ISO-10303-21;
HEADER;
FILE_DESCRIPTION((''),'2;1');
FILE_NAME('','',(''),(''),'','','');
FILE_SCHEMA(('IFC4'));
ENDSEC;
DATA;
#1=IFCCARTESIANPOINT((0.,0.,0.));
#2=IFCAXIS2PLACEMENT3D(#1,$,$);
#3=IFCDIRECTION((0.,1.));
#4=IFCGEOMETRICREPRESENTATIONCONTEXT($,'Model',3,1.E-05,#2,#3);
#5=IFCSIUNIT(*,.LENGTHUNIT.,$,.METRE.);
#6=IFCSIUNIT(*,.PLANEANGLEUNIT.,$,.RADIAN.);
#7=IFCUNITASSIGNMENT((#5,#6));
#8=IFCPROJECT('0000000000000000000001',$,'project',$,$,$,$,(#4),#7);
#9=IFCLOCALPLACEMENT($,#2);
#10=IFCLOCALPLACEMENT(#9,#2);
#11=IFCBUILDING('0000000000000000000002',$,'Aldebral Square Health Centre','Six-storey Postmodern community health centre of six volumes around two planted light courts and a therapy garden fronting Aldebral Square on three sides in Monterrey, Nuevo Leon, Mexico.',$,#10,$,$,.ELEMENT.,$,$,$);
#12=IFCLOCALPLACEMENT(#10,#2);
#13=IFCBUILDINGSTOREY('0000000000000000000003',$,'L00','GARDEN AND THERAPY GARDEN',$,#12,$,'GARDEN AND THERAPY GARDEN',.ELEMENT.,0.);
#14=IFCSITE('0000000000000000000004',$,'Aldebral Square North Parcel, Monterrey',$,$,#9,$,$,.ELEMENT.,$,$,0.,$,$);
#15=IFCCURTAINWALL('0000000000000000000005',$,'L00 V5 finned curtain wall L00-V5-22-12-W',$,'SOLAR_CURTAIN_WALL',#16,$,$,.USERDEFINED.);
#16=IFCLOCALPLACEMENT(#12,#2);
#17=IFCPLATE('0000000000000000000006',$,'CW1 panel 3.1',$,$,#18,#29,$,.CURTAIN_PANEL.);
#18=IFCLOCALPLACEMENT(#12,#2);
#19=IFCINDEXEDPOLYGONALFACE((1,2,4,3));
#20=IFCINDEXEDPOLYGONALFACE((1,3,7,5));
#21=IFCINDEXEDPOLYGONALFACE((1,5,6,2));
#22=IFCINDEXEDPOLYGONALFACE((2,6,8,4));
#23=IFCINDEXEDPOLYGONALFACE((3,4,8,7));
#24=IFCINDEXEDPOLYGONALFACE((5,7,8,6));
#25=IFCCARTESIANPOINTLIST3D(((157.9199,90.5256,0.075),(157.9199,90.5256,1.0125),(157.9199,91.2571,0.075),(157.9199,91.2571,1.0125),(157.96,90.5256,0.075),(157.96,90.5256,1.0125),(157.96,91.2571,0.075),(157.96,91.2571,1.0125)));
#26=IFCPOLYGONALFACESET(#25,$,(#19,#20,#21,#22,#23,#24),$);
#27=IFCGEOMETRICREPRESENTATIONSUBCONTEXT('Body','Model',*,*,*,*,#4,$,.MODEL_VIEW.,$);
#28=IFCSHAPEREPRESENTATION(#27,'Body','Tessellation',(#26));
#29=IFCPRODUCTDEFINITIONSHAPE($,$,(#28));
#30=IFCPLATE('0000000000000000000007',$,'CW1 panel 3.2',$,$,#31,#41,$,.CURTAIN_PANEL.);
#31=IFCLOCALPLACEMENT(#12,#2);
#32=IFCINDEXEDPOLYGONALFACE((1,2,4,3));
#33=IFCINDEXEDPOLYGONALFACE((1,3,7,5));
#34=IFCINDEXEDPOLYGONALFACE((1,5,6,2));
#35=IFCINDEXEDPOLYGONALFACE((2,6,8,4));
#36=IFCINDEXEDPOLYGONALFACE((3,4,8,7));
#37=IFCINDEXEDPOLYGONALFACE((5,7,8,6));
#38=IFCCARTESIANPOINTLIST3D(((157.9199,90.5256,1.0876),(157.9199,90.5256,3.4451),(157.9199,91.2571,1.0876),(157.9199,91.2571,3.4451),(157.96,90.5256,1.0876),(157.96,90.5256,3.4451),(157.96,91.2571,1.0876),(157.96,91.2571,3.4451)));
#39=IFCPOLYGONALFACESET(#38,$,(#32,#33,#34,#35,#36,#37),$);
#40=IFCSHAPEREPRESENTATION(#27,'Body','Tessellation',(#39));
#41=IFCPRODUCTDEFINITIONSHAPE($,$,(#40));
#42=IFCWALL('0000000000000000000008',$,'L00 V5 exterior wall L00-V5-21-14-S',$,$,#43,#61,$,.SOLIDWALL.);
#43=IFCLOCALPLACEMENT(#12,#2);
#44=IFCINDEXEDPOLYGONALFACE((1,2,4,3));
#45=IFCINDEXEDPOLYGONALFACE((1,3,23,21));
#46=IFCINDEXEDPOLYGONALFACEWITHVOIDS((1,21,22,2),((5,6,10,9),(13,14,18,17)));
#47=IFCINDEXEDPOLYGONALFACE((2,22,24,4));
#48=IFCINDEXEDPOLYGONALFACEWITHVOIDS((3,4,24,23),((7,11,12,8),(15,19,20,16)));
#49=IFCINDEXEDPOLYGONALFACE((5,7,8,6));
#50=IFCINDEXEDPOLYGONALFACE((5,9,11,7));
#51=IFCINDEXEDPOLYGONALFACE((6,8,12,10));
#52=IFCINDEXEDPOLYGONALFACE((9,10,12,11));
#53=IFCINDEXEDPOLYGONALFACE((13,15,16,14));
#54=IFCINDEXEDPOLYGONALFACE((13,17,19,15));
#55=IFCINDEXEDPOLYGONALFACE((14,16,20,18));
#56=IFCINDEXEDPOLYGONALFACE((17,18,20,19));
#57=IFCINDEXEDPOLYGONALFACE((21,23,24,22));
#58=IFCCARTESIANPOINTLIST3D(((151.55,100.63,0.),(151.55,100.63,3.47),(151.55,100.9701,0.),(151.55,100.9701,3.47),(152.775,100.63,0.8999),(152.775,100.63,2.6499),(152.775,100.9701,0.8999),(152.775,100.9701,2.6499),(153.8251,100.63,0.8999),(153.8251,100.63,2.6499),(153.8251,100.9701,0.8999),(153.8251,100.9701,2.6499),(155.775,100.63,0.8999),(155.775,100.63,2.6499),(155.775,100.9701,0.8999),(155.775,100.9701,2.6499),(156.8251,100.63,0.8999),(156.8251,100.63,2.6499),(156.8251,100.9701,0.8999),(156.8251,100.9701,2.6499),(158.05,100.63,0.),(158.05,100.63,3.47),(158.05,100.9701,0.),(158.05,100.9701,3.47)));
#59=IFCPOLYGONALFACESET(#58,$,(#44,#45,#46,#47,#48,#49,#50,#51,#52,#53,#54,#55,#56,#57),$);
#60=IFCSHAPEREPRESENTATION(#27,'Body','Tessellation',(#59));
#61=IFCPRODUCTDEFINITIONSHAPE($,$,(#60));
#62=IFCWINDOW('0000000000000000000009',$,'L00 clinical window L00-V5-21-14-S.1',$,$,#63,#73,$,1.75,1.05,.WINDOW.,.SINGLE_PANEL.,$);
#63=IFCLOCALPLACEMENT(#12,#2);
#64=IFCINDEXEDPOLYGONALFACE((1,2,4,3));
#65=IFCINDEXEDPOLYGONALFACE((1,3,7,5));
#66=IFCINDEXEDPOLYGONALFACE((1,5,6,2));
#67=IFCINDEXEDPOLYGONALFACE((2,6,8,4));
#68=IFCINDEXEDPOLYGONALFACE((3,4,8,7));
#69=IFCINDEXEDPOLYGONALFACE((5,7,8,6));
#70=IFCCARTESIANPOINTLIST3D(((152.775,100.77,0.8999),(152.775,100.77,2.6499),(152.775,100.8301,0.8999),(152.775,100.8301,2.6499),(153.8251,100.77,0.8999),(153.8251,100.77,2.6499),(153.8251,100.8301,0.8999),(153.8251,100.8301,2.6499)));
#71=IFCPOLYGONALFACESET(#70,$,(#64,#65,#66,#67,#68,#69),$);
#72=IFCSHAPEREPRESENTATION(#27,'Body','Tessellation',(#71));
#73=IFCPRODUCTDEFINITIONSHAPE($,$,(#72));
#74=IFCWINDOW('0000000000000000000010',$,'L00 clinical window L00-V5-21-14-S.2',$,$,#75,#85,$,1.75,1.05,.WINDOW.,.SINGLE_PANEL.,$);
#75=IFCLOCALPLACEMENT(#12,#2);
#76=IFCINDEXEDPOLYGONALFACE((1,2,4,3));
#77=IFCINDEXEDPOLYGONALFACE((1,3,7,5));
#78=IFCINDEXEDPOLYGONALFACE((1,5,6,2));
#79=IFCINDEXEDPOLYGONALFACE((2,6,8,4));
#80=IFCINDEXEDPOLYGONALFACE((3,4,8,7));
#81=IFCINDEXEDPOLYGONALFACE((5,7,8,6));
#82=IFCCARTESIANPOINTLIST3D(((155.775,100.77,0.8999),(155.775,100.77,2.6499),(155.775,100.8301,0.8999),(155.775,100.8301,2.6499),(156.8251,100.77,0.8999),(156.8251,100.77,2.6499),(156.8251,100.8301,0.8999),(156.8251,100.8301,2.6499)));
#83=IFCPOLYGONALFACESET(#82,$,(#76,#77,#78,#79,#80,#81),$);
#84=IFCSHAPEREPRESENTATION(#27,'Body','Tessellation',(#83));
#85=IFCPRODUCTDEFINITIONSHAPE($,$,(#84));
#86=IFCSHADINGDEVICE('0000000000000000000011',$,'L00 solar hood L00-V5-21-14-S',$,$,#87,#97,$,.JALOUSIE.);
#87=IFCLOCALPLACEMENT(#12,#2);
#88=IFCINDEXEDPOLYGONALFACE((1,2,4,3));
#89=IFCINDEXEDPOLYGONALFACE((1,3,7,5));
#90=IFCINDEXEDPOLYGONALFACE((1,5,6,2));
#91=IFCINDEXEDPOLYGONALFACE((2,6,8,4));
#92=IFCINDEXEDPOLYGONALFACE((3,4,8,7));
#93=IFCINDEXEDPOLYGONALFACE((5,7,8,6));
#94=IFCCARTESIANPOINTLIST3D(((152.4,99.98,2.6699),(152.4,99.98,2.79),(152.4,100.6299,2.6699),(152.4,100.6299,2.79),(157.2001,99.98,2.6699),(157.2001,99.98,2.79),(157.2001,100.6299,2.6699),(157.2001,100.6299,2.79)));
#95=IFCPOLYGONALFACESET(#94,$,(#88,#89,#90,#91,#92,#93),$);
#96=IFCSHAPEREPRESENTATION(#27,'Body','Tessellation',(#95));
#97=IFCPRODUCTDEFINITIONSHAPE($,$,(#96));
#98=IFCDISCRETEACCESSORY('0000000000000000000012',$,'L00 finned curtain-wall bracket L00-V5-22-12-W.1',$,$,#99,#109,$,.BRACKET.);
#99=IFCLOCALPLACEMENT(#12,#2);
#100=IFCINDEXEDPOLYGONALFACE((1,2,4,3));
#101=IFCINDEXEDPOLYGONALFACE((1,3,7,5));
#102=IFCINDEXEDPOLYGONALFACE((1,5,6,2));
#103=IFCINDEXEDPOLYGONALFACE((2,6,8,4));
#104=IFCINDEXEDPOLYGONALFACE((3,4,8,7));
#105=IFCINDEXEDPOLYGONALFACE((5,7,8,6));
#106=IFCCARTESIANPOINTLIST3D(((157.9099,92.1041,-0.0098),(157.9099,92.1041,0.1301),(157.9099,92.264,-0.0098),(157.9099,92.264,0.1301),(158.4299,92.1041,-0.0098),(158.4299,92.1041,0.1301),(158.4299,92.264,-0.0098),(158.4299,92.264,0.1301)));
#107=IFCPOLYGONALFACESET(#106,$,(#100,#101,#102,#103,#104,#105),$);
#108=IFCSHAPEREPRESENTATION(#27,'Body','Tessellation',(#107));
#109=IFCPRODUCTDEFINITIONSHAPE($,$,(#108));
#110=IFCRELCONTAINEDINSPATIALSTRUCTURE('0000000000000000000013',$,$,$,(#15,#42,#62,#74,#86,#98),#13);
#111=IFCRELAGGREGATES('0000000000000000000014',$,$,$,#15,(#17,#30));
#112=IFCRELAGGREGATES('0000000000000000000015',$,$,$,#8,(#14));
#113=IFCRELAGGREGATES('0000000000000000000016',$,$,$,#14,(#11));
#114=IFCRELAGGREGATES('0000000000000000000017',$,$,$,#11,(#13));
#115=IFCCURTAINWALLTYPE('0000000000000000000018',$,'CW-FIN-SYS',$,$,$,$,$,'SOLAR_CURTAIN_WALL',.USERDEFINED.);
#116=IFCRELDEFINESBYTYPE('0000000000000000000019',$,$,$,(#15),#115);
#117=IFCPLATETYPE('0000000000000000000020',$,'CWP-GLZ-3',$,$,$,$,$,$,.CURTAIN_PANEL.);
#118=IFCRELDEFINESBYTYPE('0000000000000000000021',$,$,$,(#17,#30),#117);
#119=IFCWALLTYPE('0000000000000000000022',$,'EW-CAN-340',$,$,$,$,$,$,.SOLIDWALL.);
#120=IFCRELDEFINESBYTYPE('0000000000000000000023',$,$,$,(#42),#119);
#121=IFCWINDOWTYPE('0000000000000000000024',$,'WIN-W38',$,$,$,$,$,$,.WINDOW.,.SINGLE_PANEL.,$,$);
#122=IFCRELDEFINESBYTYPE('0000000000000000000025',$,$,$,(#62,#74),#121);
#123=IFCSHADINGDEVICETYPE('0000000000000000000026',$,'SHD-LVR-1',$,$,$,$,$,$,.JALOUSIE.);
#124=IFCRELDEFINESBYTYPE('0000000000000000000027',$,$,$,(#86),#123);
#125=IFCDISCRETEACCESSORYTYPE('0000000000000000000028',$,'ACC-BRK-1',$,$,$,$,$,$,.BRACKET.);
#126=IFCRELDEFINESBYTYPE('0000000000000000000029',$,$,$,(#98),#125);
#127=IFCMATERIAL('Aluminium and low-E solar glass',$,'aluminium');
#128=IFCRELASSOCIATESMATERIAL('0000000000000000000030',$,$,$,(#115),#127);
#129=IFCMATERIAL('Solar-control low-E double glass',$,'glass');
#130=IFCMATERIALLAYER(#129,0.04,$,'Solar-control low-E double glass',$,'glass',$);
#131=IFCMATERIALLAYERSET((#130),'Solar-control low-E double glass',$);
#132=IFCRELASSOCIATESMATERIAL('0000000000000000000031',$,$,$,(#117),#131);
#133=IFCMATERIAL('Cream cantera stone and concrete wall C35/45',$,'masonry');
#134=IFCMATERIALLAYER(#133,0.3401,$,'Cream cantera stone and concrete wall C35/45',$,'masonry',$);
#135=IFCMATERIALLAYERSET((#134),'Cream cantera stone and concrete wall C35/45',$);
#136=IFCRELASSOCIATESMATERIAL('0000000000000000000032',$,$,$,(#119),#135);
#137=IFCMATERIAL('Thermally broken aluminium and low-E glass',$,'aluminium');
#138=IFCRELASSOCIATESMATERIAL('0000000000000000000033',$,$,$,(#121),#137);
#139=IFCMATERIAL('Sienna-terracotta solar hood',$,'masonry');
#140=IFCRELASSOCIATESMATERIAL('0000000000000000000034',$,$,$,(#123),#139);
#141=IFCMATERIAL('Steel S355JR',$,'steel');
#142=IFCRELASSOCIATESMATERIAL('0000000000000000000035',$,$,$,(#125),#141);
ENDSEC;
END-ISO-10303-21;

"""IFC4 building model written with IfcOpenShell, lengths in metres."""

from ifc_helpers import new_model, si_unit, direction, frame, frame_2d, origin, origin_2d, place, context, subcontext, project, spatial, rectangle, extrude, material, layer, layer_set, type_object, element, fill, aggregate, save


model = new_model("IFC4")

# Units and contexts
model_context = context("Model", 3, precision=1e-05, world=origin(), true_north=direction((0.0, 1.0)))
body_context = subcontext(model_context, "Body", "Model", "MODEL_VIEW")
ifc_project = project(units=[si_unit("LENGTHUNIT", "METRE"), si_unit("PLANEANGLEUNIT", "RADIAN")], contexts=[model_context])

# Site, building, storey
site_placement = place(None, origin())
site = spatial("IfcSite", under=ifc_project, at=site_placement, Name="Aldebral Square North Parcel, Monterrey", CompositionType="ELEMENT", RefElevation=0.0)
building_placement = place(site_placement, origin())
building = spatial("IfcBuilding", under=site, at=building_placement, Name="Aldebral Square Health Centre", Description="Six-storey Postmodern community health centre of six volumes around two planted light courts and a therapy garden fronting Aldebral Square on three sides in Monterrey, Nuevo Leon, Mexico.", CompositionType="ELEMENT")
storey_placement = place(building_placement, origin())
storey = spatial("IfcBuildingStorey", under=building, at=storey_placement, Name="L00", Description="GARDEN AND THERAPY GARDEN", LongName="GARDEN AND THERAPY GARDEN", CompositionType="ELEMENT", Elevation=0.0)

# Curtain wall, plates
ifc_material_1 = material(Name="Aluminium and low-E solar glass", Category="aluminium")
curtain_wall_type = type_object("IfcCurtainWallType", Name="CW-FIN-SYS", ElementType="SOLAR_CURTAIN_WALL", PredefinedType="USERDEFINED", material=ifc_material_1)
curtain_wall_placement = place(storey_placement, origin())
curtain_wall = element("IfcCurtainWall", 1, at=curtain_wall_placement, inside=storey, type_object=curtain_wall_type, Name="L00 V5 finned curtain wall L00-V5-22-12-W", ObjectType="SOLAR_CURTAIN_WALL", PredefinedType="USERDEFINED")
ifc_material_2 = material(Name="Solar-control low-E double glass", Category="glass")
ifc_layer_1 = layer(ifc_material_2, 0.04, Name="Solar-control low-E double glass", Category="glass")
ifc_layer_set_1 = layer_set([ifc_layer_1], Name="Solar-control low-E double glass")
plate_type = type_object("IfcPlateType", Name="CWP-GLZ-3", PredefinedType="CURTAIN_PANEL", material=ifc_layer_set_1)
plate_1_placement = place(storey_placement, frame((157.9399, 90.8914, 0.075), z_axis=(0.0, 0.0, 1.0), x_axis=(0.0, -1.0, 0.0)))
plate_1 = element("IfcPlate", 2, at=plate_1_placement, type_object=plate_type, Name="CW1 panel 3.1", PredefinedType="CURTAIN_PANEL", context=body_context, shape_type="SweptSolid", body=[
    extrude(rectangle(XDim=0.7314, YDim=0.04, at=origin_2d()), origin(), (0.0, 0.0, 1.0), 0.9375),
])
plate_2_placement = place(storey_placement, frame((157.9399, 90.8914, 1.0876), z_axis=(0.0, 0.0, 1.0), x_axis=(0.0, -1.0, 0.0)))
plate_2 = element("IfcPlate", 3, at=plate_2_placement, type_object=plate_type, Name="CW1 panel 3.2", PredefinedType="CURTAIN_PANEL", context=body_context, shape_type="SweptSolid", body=[
    extrude(rectangle(XDim=0.7314, YDim=0.04, at=origin_2d()), origin(), (0.0, 0.0, 1.0), 2.3574),
])
aggregate(curtain_wall, [plate_1, plate_2])

# Wall, openings, windows
ifc_material_3 = material(Name="Cream cantera stone and concrete wall C35/45", Category="masonry")
ifc_layer_2 = layer(ifc_material_3, 0.3401, Name="Cream cantera stone and concrete wall C35/45", Category="masonry")
ifc_layer_set_2 = layer_set([ifc_layer_2], Name="Cream cantera stone and concrete wall C35/45")
wall_type = type_object("IfcWallType", Name="EW-CAN-340", PredefinedType="SOLIDWALL", material=ifc_layer_set_2)
wall_placement = place(storey_placement, frame((151.55, 100.8, 0.0), z_axis=(0.0, 0.0, 1.0), x_axis=(1.0, 0.0, 0.0)))
wall = element("IfcWall", 4, at=wall_placement, inside=storey, type_object=wall_type, Name="L00 V5 exterior wall L00-V5-21-14-S", PredefinedType="SOLIDWALL", context=body_context, shape_type="SweptSolid", body=[
    extrude(rectangle(XDim=6.5, YDim=0.3401, at=frame_2d((3.25, 0.0))), origin(), (0.0, 0.0, 1.0), 3.47),
])
opening_1_placement = place(wall_placement, frame((1.2251, 0.0, 0.8999)))
opening_1 = element("IfcOpeningElement", 5, at=opening_1_placement, cuts=wall, PredefinedType="OPENING", context=body_context, shape_type="SweptSolid", body=[
    extrude(rectangle(XDim=1.05, YDim=1.75, at=frame_2d((0.5249, 0.875))), frame((0.0, 0.1802, 0.0), z_axis=(0.0, -1.0, 0.0), x_axis=(1.0, 0.0, 0.0)), (0.0, 0.0, 1.0), 0.3601),
])
opening_2_placement = place(wall_placement, frame((4.2251, 0.0, 0.8999)))
opening_2 = element("IfcOpeningElement", 6, at=opening_2_placement, cuts=wall, PredefinedType="OPENING", context=body_context, shape_type="SweptSolid", body=[
    extrude(rectangle(XDim=1.05, YDim=1.75, at=frame_2d((0.5249, 0.875))), frame((0.0, 0.1802, 0.0), z_axis=(0.0, -1.0, 0.0), x_axis=(1.0, 0.0, 0.0)), (0.0, 0.0, 1.0), 0.3601),
])
ifc_material_4 = material(Name="Thermally broken aluminium and low-E glass", Category="aluminium")
window_type = type_object("IfcWindowType", Name="WIN-W38", PartitioningType="SINGLE_PANEL", PredefinedType="WINDOW", material=ifc_material_4)
window_1_placement = place(opening_1_placement, origin())
window_1 = element("IfcWindow", 7, at=window_1_placement, inside=storey, type_object=window_type, Name="L00 clinical window L00-V5-21-14-S.1", OverallHeight=1.75, OverallWidth=1.05, PartitioningType="SINGLE_PANEL", PredefinedType="WINDOW", context=body_context, shape_type="SweptSolid", body=[
    extrude(rectangle(XDim=1.05, YDim=1.75, at=frame_2d((0.5249, 0.875))), frame((0.0, 0.03, 0.0), z_axis=(0.0, -1.0, 0.0), x_axis=(1.0, 0.0, 0.0)), (0.0, 0.0, 1.0), 0.0601),
])
fill(opening_1, window_1)
window_2_placement = place(opening_2_placement, origin())
window_2 = element("IfcWindow", 8, at=window_2_placement, inside=storey, type_object=window_type, Name="L00 clinical window L00-V5-21-14-S.2", OverallHeight=1.75, OverallWidth=1.05, PartitioningType="SINGLE_PANEL", PredefinedType="WINDOW", context=body_context, shape_type="SweptSolid", body=[
    extrude(rectangle(XDim=1.05, YDim=1.75, at=frame_2d((0.5249, 0.875))), frame((0.0, 0.03, 0.0), z_axis=(0.0, -1.0, 0.0), x_axis=(1.0, 0.0, 0.0)), (0.0, 0.0, 1.0), 0.0601),
])
fill(opening_2, window_2)

# Shading device
ifc_material_5 = material(Name="Sienna-terracotta solar hood", Category="masonry")
shading_device_type = type_object("IfcShadingDeviceType", Name="SHD-LVR-1", PredefinedType="JALOUSIE", material=ifc_material_5)
shading_device_placement = place(storey_placement, frame((154.8, 100.3049, 2.6699), z_axis=(0.0, 0.0, 1.0), x_axis=(1.0, 0.0, 0.0)))
element("IfcShadingDevice", 9, at=shading_device_placement, inside=storey, type_object=shading_device_type, Name="L00 solar hood L00-V5-21-14-S", PredefinedType="JALOUSIE", context=body_context, shape_type="SweptSolid", body=[
    extrude(rectangle(XDim=4.8, YDim=0.6499, at=origin_2d()), origin(), (0.0, 0.0, 1.0), 0.1201),
])

# Discrete accessory
ifc_material_6 = material(Name="Steel S355JR", Category="steel")
discrete_accessory_type = type_object("IfcDiscreteAccessoryType", Name="ACC-BRK-1", PredefinedType="BRACKET", material=ifc_material_6)
discrete_accessory_placement = place(storey_placement, frame((158.1699, 92.1841, -0.0098), z_axis=(0.0, 0.0, 1.0), x_axis=(0.0, 1.0, 0.0)))
element("IfcDiscreteAccessory", 10, at=discrete_accessory_placement, inside=storey, type_object=discrete_accessory_type, Name="L00 finned curtain-wall bracket L00-V5-22-12-W.1", PredefinedType="BRACKET", context=body_context, shape_type="SweptSolid", body=[
    extrude(rectangle(XDim=0.1599, YDim=0.52, at=origin_2d()), origin(), (0.0, 0.0, 1.0), 0.1399),
])

save(model, "model.ifc")
